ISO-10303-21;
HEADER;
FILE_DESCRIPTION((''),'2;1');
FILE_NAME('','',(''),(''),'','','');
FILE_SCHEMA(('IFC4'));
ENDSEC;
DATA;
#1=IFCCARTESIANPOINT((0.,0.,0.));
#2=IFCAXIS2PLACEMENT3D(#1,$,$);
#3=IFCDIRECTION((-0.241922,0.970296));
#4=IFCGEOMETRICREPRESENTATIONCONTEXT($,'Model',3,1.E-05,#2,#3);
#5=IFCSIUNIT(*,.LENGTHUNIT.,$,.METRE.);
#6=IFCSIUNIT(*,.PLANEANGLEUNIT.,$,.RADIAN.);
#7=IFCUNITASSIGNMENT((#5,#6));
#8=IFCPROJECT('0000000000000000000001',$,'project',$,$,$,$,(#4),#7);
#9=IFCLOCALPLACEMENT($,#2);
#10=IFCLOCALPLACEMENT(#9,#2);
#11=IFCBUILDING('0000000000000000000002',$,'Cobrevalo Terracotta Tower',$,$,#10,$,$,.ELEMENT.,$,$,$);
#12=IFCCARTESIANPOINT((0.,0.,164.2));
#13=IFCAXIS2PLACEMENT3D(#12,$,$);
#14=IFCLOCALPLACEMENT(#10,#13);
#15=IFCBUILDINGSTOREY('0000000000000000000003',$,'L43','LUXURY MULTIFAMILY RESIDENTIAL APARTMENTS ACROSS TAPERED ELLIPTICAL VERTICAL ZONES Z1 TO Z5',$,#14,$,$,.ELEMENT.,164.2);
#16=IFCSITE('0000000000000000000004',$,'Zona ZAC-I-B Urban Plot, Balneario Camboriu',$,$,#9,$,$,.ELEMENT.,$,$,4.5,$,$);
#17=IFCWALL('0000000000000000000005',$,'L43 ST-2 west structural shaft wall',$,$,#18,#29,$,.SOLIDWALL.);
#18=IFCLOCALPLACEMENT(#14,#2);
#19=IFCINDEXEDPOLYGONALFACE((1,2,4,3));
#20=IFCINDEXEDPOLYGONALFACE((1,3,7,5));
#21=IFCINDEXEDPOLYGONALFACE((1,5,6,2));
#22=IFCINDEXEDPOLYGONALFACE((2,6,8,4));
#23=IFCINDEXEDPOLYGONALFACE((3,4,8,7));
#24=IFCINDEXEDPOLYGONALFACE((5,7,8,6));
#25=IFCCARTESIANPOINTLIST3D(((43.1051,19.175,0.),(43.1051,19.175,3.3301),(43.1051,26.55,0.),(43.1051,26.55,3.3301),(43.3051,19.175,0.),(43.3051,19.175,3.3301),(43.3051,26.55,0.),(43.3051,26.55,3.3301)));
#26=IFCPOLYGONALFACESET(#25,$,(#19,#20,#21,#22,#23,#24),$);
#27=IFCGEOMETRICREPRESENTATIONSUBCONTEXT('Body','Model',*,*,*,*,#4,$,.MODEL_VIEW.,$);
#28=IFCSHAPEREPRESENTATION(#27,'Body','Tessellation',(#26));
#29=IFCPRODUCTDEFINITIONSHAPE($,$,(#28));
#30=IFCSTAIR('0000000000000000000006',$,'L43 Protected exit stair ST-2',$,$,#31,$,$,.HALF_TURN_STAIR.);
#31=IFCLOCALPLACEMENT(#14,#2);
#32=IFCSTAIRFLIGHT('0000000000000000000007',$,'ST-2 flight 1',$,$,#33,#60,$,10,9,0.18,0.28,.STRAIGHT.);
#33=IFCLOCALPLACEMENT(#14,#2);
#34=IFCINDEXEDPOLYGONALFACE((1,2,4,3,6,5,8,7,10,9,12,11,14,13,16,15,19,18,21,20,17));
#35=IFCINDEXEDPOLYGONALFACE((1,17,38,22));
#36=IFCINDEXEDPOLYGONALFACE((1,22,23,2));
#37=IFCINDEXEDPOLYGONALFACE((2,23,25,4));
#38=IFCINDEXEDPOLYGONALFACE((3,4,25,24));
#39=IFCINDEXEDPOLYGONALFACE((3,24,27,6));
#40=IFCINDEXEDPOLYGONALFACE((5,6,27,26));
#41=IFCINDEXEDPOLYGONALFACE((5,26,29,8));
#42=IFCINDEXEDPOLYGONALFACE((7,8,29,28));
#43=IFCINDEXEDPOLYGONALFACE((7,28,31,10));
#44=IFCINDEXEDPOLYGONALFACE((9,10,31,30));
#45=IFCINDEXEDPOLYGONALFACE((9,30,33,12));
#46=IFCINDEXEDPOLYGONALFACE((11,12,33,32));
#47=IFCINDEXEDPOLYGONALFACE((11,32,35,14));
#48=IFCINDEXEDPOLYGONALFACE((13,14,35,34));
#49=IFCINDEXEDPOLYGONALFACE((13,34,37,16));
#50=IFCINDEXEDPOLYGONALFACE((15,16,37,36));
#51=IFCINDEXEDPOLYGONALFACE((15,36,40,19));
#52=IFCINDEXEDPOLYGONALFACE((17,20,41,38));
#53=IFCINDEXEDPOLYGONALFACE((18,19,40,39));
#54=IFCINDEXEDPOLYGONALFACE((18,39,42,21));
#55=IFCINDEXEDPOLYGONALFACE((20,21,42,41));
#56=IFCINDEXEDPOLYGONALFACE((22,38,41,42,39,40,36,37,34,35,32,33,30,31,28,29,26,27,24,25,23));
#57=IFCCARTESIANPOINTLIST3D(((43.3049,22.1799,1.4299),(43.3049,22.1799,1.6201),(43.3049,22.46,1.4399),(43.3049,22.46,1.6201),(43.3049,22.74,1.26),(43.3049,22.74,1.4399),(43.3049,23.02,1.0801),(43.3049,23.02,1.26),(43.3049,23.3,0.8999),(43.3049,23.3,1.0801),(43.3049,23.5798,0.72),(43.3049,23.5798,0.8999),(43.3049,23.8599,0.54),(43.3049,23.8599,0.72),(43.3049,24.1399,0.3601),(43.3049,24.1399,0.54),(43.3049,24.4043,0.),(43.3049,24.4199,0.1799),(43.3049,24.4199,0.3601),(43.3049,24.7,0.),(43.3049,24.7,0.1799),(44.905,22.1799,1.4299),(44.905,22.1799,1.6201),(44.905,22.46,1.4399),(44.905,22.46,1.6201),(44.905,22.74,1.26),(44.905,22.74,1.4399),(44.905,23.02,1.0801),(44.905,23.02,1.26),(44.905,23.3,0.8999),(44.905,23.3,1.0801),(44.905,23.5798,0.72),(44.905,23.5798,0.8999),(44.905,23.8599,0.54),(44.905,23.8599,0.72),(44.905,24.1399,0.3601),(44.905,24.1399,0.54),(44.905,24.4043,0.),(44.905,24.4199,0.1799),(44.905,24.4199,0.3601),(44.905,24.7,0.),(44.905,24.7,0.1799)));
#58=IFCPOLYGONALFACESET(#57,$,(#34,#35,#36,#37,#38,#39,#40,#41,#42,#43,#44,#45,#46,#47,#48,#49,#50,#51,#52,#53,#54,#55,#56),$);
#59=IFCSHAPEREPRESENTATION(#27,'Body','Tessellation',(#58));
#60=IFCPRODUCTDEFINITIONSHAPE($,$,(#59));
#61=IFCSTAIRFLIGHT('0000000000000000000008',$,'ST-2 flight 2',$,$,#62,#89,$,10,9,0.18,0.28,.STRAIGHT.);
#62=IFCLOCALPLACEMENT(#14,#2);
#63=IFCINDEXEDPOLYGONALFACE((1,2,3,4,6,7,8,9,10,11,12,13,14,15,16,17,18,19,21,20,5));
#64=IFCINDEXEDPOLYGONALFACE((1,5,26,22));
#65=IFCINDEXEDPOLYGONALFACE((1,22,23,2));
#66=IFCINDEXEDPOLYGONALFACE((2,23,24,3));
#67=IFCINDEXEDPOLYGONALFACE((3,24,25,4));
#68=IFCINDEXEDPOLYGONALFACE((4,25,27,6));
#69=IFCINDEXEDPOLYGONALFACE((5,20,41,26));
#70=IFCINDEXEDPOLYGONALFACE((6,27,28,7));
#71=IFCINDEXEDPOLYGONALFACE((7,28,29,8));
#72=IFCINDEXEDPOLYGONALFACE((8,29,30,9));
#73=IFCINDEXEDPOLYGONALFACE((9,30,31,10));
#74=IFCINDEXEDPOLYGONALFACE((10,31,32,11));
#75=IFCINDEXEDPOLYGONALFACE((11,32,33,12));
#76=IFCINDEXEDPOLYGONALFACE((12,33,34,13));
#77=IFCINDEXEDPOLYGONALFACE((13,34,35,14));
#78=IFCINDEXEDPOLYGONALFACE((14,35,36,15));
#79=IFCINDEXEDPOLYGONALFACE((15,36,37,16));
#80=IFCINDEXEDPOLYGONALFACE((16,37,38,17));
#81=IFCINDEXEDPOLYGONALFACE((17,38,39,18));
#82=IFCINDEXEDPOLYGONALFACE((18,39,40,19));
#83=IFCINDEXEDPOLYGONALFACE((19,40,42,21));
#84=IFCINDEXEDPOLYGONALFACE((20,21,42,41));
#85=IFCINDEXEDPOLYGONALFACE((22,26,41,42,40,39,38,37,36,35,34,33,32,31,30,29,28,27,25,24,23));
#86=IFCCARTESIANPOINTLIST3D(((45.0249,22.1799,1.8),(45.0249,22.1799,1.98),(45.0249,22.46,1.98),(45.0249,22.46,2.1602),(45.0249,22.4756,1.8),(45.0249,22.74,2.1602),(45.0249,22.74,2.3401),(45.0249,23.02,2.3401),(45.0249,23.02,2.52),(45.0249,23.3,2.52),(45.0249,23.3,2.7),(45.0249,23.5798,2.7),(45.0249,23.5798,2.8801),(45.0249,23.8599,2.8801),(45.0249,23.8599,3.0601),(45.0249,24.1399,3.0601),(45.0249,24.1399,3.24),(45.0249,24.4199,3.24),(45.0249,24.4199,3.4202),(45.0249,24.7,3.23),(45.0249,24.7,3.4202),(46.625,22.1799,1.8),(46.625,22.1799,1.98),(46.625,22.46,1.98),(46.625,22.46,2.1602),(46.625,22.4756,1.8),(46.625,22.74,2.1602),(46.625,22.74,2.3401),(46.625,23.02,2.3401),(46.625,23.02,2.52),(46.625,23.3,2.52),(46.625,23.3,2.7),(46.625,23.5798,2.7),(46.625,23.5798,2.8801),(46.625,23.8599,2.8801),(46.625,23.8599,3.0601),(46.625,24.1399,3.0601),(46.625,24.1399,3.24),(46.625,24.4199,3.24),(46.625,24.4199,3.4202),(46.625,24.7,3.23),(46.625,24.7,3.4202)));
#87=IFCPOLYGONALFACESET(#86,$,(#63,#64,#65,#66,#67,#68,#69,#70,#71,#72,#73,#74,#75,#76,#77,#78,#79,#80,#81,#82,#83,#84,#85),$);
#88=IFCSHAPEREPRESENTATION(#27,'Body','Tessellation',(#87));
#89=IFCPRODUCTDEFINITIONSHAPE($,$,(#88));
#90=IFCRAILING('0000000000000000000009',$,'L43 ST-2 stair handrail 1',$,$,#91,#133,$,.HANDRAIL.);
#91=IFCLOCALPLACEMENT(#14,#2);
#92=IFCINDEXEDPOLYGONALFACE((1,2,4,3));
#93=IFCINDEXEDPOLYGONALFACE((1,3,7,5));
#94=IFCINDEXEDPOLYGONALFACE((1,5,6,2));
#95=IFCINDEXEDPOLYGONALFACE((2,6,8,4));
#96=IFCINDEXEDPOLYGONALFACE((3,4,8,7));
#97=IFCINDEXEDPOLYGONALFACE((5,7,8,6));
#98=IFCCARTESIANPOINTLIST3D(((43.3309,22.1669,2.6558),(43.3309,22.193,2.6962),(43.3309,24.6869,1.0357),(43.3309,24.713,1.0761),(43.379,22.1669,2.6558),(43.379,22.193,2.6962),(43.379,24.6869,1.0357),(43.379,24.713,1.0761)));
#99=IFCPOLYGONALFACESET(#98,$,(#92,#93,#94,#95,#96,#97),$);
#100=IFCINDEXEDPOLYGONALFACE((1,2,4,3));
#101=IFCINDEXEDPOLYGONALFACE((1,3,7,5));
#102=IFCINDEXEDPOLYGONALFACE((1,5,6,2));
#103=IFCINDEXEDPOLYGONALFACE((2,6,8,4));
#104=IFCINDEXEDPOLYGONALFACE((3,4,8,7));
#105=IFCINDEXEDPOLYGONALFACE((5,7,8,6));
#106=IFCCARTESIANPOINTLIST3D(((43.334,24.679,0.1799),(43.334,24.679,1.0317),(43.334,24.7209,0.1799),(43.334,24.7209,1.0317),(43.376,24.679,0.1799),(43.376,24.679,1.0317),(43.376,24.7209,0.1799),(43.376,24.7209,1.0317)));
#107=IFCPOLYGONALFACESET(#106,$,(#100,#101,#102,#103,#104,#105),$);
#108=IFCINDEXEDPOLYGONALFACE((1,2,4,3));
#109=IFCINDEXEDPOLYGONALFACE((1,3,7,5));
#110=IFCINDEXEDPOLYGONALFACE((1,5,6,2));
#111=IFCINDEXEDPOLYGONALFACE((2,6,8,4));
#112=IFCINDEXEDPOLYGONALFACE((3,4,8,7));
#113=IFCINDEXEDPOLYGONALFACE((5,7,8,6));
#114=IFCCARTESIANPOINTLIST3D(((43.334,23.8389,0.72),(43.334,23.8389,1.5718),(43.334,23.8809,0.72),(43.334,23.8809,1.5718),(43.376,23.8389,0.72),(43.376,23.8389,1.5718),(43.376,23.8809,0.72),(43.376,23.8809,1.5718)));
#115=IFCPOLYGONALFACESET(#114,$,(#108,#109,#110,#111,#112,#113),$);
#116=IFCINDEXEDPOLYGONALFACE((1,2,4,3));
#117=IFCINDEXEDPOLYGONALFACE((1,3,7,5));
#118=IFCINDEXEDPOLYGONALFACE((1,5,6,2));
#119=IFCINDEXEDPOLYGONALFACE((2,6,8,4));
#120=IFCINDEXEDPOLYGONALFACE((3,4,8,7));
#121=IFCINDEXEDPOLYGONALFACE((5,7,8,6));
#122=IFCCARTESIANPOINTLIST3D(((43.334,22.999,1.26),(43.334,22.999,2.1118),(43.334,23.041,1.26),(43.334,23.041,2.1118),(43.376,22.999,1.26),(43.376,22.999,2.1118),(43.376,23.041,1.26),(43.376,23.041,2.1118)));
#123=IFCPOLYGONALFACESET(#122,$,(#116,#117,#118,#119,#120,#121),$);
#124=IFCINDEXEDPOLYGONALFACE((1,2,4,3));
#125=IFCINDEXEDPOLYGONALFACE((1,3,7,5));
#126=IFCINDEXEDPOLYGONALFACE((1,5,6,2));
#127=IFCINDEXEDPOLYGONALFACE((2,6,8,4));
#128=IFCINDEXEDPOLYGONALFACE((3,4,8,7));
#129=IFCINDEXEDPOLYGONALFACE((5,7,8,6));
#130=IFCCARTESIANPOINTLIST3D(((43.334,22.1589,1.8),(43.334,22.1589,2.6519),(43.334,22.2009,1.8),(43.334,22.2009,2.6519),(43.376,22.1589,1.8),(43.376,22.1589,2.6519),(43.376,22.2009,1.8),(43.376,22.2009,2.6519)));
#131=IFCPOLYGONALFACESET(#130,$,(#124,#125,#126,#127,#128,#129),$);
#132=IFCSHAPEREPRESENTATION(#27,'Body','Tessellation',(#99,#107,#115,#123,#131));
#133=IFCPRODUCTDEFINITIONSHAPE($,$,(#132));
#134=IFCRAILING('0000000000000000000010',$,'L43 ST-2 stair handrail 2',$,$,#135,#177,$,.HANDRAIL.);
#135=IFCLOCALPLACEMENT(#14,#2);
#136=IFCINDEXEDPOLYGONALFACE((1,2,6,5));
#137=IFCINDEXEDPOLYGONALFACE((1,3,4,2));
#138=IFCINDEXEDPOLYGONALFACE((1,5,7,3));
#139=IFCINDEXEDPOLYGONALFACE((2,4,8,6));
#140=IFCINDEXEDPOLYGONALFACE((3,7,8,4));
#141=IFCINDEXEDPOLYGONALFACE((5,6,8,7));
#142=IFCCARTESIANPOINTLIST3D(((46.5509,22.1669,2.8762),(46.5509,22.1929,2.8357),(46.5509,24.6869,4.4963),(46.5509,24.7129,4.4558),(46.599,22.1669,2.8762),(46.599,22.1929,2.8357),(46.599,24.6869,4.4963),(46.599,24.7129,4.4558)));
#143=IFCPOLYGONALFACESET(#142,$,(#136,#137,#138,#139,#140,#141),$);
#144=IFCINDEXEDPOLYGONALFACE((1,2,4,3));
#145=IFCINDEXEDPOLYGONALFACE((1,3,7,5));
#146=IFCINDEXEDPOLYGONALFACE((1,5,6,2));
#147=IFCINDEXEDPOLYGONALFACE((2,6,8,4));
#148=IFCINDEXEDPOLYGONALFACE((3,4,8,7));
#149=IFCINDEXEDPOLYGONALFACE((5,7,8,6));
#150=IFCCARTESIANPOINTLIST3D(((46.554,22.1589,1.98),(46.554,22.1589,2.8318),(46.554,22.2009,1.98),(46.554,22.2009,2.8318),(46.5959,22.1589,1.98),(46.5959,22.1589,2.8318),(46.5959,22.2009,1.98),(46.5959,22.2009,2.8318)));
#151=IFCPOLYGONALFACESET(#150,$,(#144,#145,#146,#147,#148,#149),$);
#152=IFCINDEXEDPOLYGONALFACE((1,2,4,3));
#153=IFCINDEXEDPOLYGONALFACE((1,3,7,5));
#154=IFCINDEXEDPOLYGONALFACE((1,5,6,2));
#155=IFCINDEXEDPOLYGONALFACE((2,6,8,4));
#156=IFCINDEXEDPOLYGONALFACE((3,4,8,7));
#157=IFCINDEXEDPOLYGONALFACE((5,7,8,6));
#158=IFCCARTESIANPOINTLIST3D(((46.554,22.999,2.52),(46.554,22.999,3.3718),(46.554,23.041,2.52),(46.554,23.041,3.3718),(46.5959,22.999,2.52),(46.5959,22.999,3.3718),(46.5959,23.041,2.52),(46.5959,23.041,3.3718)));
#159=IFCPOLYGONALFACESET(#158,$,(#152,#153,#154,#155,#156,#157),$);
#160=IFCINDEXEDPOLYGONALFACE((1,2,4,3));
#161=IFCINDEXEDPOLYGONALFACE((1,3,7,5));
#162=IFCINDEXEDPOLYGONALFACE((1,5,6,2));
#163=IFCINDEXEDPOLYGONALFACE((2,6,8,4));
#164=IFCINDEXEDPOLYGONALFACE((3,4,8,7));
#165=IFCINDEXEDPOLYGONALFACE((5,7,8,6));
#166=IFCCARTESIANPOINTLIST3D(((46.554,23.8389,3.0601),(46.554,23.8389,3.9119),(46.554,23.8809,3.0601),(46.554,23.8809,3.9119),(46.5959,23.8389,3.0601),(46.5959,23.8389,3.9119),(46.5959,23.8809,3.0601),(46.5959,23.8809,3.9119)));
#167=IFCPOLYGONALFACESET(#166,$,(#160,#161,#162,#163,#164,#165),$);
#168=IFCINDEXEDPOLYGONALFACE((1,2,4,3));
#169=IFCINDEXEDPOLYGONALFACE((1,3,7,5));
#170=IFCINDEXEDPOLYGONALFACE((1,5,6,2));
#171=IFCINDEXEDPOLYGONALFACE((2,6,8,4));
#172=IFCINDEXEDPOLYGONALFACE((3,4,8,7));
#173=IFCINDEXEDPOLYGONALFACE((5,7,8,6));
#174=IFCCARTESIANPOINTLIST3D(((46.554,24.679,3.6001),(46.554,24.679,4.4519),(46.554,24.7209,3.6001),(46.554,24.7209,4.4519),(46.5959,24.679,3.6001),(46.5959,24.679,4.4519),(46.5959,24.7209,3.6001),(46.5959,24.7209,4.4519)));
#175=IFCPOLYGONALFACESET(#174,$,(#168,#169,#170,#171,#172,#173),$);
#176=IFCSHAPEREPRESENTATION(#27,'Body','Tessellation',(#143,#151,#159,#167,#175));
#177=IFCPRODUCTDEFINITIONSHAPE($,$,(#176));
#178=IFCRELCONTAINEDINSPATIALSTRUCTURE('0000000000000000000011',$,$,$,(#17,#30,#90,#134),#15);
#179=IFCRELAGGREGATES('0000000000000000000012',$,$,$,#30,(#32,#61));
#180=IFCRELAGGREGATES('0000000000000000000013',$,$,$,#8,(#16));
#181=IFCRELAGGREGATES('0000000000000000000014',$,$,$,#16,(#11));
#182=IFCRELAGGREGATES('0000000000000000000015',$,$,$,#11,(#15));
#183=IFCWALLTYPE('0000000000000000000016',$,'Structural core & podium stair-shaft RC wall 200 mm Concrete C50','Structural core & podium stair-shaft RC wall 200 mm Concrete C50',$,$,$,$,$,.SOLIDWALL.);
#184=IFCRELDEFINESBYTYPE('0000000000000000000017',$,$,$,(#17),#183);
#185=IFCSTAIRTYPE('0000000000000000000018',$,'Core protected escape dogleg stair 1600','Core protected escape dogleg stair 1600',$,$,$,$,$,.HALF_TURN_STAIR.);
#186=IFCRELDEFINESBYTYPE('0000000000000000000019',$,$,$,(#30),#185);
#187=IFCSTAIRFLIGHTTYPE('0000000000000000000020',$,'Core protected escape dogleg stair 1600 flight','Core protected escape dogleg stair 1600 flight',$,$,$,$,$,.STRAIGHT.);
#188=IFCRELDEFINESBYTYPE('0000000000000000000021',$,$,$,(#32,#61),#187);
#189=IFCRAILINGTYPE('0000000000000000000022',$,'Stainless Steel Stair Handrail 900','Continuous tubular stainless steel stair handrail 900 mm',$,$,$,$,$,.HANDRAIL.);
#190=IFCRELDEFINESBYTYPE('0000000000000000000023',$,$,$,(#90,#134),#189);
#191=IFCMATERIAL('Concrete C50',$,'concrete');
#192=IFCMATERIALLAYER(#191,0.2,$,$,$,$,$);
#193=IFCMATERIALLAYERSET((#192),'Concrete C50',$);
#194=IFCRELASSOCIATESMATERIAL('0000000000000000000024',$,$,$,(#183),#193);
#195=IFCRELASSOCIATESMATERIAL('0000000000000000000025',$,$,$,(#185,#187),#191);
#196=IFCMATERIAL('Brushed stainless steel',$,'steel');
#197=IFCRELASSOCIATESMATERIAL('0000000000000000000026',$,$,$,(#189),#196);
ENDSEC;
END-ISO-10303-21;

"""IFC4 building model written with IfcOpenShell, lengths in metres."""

from ifc_helpers import new_model, si_unit, direction, frame, frame_2d, origin, origin_2d, place, context, subcontext, project, spatial, polyline, rectangle, outline, extrude, material, layer, layer_set, type_object, element, aggregate, save


model = new_model("IFC4")

# Units and contexts
model_context = context("Model", 3, precision=1e-05, world=origin(), true_north=direction((-0.241922, 0.970296)))
body_context = subcontext(model_context, "Body", "Model", "MODEL_VIEW")
ifc_project = project(units=[si_unit("LENGTHUNIT", "METRE"), si_unit("PLANEANGLEUNIT", "RADIAN")], contexts=[model_context])

# Site, building, storey
site_placement = place(None, origin())
site = spatial("IfcSite", under=ifc_project, at=site_placement, Name="Zona ZAC-I-B Urban Plot, Balneario Camboriu", CompositionType="ELEMENT", RefElevation=4.5)
building_placement = place(site_placement, origin())
building = spatial("IfcBuilding", under=site, at=building_placement, Name="Cobrevalo Terracotta Tower", CompositionType="ELEMENT")
storey_placement = place(building_placement, frame((0.0, 0.0, 164.2)))
storey = spatial("IfcBuildingStorey", under=building, at=storey_placement, Name="L43", Description="LUXURY MULTIFAMILY RESIDENTIAL APARTMENTS ACROSS TAPERED ELLIPTICAL VERTICAL ZONES Z1 TO Z5", CompositionType="ELEMENT", Elevation=164.2)

# Shared definitions
ifc_material_1 = material(Name="Concrete C50", Category="concrete")

# Wall
ifc_layer_1 = layer(ifc_material_1, 0.2)
ifc_layer_set_1 = layer_set([ifc_layer_1], Name="Concrete C50")
wall_type_1 = type_object("IfcWallType", Name="Structural core & podium stair-shaft RC wall 200 mm Concrete C50", Description="Structural core & podium stair-shaft RC wall 200 mm Concrete C50", PredefinedType="SOLIDWALL", material=ifc_layer_set_1)
wall_1_placement = place(storey_placement, frame((43.2051, 19.175, 0.0), z_axis=(0.0, 0.0, 1.0), x_axis=(0.0, 1.0, 0.0)))
element("IfcWall", 1, at=wall_1_placement, inside=storey, type_object=wall_type_1, Name="L43 ST-2 west structural shaft wall", PredefinedType="SOLIDWALL", context=body_context, shape_type="SweptSolid", body=[
    extrude(rectangle(XDim=7.375, YDim=0.2, at=frame_2d((3.6875, 0.0))), origin(), (0.0, 0.0, 1.0), 3.3301),
])

# Stair, stair flights
stair_type = type_object("IfcStairType", Name="Core protected escape dogleg stair 1600", Description="Core protected escape dogleg stair 1600", PredefinedType="HALF_TURN_STAIR", material=ifc_material_1)
stair_placement = place(storey_placement, origin())
stair = element("IfcStair", 2, at=stair_placement, inside=storey, type_object=stair_type, Name="L43 Protected exit stair ST-2", PredefinedType="HALF_TURN_STAIR")
stair_flight_type = type_object("IfcStairFlightType", Name="Core protected escape dogleg stair 1600 flight", Description="Core protected escape dogleg stair 1600 flight", PredefinedType="STRAIGHT", material=ifc_material_1)
stair_flight_1_placement = place(storey_placement, frame((44.105, 24.7, 0.0), z_axis=(0.0, 0.0, 1.0), x_axis=(0.0, -1.0, 0.0)))
stair_flight_1 = element("IfcStairFlight", 3, at=stair_flight_1_placement, type_object=stair_flight_type, Name="ST-2 flight 1", NumberOfRisers=10, NumberOfTreads=9, PredefinedType="STRAIGHT", RiserHeight=0.18, TreadLength=0.28, context=body_context, shape_type="SweptSolid", body=[
    extrude(outline(polyline([(0.0, 0.0), (0.0, 0.1799), (0.28, 0.1799), (0.28, 0.3601), (0.5601, 0.3601), (0.5601, 0.54), (0.8401, 0.54), (0.8401, 0.72), (1.1201, 0.72), (1.1201, 0.8999), (1.3999, 0.8999), (1.3999, 1.0801), (1.6799, 1.0801), (1.6799, 1.26), (1.96, 1.26), (1.96, 1.4399), (2.24, 1.4399), (2.24, 1.6201), (2.52, 1.6201), (2.52, 1.8), (2.52, 1.4299), (0.2957, 0.0), (0.0, 0.0)])), frame((0.0, 0.8, 0.0), z_axis=(0.0, -1.0, 0.0), x_axis=(1.0, 0.0, 0.0)), (0.0, 0.0, 1.0), 1.6001),
])
stair_flight_2_placement = place(storey_placement, frame((45.825, 22.1799, 1.8), z_axis=(0.0, 0.0, 1.0), x_axis=(0.0, 1.0, 0.0)))
stair_flight_2 = element("IfcStairFlight", 4, at=stair_flight_2_placement, type_object=stair_flight_type, Name="ST-2 flight 2", NumberOfRisers=10, NumberOfTreads=9, PredefinedType="STRAIGHT", RiserHeight=0.18, TreadLength=0.28, context=body_context, shape_type="SweptSolid", body=[
    extrude(outline(polyline([(0.0, 0.0), (0.0, 0.1799), (0.28, 0.1799), (0.28, 0.3601), (0.5601, 0.3601), (0.5601, 0.54), (0.8401, 0.54), (0.8401, 0.72), (1.1201, 0.72), (1.1201, 0.8999), (1.3999, 0.8999), (1.3999, 1.0801), (1.6799, 1.0801), (1.6799, 1.26), (1.96, 1.26), (1.96, 1.4399), (2.24, 1.4399), (2.24, 1.6201), (2.52, 1.6201), (2.52, 1.8), (2.52, 1.4299), (0.2957, 0.0), (0.0, 0.0)])), frame((0.0, 0.8, 0.0), z_axis=(0.0, -1.0, 0.0), x_axis=(1.0, 0.0, 0.0)), (0.0, 0.0, 1.0), 1.6001),
])
aggregate(stair, [stair_flight_1, stair_flight_2])

# Railings
ifc_material_2 = material(Name="Brushed stainless steel", Category="steel")
railing_type_1 = type_object("IfcRailingType", Name="Stainless Steel Stair Handrail 900", Description="Continuous tubular stainless steel stair handrail 900 mm", PredefinedType="HANDRAIL", material=ifc_material_2)
railing_1_placement = place(storey_placement, frame((43.355, 24.7, 0.1799)))
element("IfcRailing", 5, at=railing_1_placement, inside=storey, type_object=railing_type_1, Name="L43 ST-2 stair handrail 1", PredefinedType="HANDRAIL", context=body_context, shape_type="SweptSolid", body=[
    extrude(rectangle(XDim=0.0481, YDim=0.0481, at=origin_2d()), frame((0.0, 0.0, 0.876), z_axis=(0.0, -0.841163, 0.540782), x_axis=(1.0, 0.0, 0.0)), (0.0, 0.0, 1.0), 2.9958),
    extrude(rectangle(XDim=0.042, YDim=0.042, at=origin_2d()), origin(), (0.0, 0.0, 1.0), 0.8518),
    extrude(rectangle(XDim=0.042, YDim=0.042, at=origin_2d()), frame((0.0, -0.8401, 0.54)), (0.0, 0.0, 1.0), 0.8518),
    extrude(rectangle(XDim=0.042, YDim=0.042, at=origin_2d()), frame((0.0, -1.6799, 1.0801)), (0.0, 0.0, 1.0), 0.8518),
    extrude(rectangle(XDim=0.042, YDim=0.042, at=origin_2d()), frame((0.0, -2.52, 1.6201)), (0.0, 0.0, 1.0), 0.8518),
])
railing_2_placement = place(storey_placement, frame((46.575, 22.1799, 1.98)))
element("IfcRailing", 6, at=railing_2_placement, inside=storey, type_object=railing_type_1, Name="L43 ST-2 stair handrail 2", PredefinedType="HANDRAIL", context=body_context, shape_type="SweptSolid", body=[
    extrude(rectangle(XDim=0.0481, YDim=0.0481, at=origin_2d()), frame((0.0, 0.0, 0.876), z_axis=(0.0, 0.841163, 0.540782), x_axis=(-1.0, 0.0, 0.0)), (0.0, 0.0, 1.0), 2.9958),
    extrude(rectangle(XDim=0.042, YDim=0.042, at=origin_2d()), origin(), (0.0, 0.0, 1.0), 0.8518),
    extrude(rectangle(XDim=0.042, YDim=0.042, at=origin_2d()), frame((0.0, 0.8401, 0.54)), (0.0, 0.0, 1.0), 0.8518),
    extrude(rectangle(XDim=0.042, YDim=0.042, at=origin_2d()), frame((0.0, 1.6799, 1.0801)), (0.0, 0.0, 1.0), 0.8518),
    extrude(rectangle(XDim=0.042, YDim=0.042, at=origin_2d()), frame((0.0, 2.52, 1.6201)), (0.0, 0.0, 1.0), 0.8518),
])

save(model, "model.ifc")
